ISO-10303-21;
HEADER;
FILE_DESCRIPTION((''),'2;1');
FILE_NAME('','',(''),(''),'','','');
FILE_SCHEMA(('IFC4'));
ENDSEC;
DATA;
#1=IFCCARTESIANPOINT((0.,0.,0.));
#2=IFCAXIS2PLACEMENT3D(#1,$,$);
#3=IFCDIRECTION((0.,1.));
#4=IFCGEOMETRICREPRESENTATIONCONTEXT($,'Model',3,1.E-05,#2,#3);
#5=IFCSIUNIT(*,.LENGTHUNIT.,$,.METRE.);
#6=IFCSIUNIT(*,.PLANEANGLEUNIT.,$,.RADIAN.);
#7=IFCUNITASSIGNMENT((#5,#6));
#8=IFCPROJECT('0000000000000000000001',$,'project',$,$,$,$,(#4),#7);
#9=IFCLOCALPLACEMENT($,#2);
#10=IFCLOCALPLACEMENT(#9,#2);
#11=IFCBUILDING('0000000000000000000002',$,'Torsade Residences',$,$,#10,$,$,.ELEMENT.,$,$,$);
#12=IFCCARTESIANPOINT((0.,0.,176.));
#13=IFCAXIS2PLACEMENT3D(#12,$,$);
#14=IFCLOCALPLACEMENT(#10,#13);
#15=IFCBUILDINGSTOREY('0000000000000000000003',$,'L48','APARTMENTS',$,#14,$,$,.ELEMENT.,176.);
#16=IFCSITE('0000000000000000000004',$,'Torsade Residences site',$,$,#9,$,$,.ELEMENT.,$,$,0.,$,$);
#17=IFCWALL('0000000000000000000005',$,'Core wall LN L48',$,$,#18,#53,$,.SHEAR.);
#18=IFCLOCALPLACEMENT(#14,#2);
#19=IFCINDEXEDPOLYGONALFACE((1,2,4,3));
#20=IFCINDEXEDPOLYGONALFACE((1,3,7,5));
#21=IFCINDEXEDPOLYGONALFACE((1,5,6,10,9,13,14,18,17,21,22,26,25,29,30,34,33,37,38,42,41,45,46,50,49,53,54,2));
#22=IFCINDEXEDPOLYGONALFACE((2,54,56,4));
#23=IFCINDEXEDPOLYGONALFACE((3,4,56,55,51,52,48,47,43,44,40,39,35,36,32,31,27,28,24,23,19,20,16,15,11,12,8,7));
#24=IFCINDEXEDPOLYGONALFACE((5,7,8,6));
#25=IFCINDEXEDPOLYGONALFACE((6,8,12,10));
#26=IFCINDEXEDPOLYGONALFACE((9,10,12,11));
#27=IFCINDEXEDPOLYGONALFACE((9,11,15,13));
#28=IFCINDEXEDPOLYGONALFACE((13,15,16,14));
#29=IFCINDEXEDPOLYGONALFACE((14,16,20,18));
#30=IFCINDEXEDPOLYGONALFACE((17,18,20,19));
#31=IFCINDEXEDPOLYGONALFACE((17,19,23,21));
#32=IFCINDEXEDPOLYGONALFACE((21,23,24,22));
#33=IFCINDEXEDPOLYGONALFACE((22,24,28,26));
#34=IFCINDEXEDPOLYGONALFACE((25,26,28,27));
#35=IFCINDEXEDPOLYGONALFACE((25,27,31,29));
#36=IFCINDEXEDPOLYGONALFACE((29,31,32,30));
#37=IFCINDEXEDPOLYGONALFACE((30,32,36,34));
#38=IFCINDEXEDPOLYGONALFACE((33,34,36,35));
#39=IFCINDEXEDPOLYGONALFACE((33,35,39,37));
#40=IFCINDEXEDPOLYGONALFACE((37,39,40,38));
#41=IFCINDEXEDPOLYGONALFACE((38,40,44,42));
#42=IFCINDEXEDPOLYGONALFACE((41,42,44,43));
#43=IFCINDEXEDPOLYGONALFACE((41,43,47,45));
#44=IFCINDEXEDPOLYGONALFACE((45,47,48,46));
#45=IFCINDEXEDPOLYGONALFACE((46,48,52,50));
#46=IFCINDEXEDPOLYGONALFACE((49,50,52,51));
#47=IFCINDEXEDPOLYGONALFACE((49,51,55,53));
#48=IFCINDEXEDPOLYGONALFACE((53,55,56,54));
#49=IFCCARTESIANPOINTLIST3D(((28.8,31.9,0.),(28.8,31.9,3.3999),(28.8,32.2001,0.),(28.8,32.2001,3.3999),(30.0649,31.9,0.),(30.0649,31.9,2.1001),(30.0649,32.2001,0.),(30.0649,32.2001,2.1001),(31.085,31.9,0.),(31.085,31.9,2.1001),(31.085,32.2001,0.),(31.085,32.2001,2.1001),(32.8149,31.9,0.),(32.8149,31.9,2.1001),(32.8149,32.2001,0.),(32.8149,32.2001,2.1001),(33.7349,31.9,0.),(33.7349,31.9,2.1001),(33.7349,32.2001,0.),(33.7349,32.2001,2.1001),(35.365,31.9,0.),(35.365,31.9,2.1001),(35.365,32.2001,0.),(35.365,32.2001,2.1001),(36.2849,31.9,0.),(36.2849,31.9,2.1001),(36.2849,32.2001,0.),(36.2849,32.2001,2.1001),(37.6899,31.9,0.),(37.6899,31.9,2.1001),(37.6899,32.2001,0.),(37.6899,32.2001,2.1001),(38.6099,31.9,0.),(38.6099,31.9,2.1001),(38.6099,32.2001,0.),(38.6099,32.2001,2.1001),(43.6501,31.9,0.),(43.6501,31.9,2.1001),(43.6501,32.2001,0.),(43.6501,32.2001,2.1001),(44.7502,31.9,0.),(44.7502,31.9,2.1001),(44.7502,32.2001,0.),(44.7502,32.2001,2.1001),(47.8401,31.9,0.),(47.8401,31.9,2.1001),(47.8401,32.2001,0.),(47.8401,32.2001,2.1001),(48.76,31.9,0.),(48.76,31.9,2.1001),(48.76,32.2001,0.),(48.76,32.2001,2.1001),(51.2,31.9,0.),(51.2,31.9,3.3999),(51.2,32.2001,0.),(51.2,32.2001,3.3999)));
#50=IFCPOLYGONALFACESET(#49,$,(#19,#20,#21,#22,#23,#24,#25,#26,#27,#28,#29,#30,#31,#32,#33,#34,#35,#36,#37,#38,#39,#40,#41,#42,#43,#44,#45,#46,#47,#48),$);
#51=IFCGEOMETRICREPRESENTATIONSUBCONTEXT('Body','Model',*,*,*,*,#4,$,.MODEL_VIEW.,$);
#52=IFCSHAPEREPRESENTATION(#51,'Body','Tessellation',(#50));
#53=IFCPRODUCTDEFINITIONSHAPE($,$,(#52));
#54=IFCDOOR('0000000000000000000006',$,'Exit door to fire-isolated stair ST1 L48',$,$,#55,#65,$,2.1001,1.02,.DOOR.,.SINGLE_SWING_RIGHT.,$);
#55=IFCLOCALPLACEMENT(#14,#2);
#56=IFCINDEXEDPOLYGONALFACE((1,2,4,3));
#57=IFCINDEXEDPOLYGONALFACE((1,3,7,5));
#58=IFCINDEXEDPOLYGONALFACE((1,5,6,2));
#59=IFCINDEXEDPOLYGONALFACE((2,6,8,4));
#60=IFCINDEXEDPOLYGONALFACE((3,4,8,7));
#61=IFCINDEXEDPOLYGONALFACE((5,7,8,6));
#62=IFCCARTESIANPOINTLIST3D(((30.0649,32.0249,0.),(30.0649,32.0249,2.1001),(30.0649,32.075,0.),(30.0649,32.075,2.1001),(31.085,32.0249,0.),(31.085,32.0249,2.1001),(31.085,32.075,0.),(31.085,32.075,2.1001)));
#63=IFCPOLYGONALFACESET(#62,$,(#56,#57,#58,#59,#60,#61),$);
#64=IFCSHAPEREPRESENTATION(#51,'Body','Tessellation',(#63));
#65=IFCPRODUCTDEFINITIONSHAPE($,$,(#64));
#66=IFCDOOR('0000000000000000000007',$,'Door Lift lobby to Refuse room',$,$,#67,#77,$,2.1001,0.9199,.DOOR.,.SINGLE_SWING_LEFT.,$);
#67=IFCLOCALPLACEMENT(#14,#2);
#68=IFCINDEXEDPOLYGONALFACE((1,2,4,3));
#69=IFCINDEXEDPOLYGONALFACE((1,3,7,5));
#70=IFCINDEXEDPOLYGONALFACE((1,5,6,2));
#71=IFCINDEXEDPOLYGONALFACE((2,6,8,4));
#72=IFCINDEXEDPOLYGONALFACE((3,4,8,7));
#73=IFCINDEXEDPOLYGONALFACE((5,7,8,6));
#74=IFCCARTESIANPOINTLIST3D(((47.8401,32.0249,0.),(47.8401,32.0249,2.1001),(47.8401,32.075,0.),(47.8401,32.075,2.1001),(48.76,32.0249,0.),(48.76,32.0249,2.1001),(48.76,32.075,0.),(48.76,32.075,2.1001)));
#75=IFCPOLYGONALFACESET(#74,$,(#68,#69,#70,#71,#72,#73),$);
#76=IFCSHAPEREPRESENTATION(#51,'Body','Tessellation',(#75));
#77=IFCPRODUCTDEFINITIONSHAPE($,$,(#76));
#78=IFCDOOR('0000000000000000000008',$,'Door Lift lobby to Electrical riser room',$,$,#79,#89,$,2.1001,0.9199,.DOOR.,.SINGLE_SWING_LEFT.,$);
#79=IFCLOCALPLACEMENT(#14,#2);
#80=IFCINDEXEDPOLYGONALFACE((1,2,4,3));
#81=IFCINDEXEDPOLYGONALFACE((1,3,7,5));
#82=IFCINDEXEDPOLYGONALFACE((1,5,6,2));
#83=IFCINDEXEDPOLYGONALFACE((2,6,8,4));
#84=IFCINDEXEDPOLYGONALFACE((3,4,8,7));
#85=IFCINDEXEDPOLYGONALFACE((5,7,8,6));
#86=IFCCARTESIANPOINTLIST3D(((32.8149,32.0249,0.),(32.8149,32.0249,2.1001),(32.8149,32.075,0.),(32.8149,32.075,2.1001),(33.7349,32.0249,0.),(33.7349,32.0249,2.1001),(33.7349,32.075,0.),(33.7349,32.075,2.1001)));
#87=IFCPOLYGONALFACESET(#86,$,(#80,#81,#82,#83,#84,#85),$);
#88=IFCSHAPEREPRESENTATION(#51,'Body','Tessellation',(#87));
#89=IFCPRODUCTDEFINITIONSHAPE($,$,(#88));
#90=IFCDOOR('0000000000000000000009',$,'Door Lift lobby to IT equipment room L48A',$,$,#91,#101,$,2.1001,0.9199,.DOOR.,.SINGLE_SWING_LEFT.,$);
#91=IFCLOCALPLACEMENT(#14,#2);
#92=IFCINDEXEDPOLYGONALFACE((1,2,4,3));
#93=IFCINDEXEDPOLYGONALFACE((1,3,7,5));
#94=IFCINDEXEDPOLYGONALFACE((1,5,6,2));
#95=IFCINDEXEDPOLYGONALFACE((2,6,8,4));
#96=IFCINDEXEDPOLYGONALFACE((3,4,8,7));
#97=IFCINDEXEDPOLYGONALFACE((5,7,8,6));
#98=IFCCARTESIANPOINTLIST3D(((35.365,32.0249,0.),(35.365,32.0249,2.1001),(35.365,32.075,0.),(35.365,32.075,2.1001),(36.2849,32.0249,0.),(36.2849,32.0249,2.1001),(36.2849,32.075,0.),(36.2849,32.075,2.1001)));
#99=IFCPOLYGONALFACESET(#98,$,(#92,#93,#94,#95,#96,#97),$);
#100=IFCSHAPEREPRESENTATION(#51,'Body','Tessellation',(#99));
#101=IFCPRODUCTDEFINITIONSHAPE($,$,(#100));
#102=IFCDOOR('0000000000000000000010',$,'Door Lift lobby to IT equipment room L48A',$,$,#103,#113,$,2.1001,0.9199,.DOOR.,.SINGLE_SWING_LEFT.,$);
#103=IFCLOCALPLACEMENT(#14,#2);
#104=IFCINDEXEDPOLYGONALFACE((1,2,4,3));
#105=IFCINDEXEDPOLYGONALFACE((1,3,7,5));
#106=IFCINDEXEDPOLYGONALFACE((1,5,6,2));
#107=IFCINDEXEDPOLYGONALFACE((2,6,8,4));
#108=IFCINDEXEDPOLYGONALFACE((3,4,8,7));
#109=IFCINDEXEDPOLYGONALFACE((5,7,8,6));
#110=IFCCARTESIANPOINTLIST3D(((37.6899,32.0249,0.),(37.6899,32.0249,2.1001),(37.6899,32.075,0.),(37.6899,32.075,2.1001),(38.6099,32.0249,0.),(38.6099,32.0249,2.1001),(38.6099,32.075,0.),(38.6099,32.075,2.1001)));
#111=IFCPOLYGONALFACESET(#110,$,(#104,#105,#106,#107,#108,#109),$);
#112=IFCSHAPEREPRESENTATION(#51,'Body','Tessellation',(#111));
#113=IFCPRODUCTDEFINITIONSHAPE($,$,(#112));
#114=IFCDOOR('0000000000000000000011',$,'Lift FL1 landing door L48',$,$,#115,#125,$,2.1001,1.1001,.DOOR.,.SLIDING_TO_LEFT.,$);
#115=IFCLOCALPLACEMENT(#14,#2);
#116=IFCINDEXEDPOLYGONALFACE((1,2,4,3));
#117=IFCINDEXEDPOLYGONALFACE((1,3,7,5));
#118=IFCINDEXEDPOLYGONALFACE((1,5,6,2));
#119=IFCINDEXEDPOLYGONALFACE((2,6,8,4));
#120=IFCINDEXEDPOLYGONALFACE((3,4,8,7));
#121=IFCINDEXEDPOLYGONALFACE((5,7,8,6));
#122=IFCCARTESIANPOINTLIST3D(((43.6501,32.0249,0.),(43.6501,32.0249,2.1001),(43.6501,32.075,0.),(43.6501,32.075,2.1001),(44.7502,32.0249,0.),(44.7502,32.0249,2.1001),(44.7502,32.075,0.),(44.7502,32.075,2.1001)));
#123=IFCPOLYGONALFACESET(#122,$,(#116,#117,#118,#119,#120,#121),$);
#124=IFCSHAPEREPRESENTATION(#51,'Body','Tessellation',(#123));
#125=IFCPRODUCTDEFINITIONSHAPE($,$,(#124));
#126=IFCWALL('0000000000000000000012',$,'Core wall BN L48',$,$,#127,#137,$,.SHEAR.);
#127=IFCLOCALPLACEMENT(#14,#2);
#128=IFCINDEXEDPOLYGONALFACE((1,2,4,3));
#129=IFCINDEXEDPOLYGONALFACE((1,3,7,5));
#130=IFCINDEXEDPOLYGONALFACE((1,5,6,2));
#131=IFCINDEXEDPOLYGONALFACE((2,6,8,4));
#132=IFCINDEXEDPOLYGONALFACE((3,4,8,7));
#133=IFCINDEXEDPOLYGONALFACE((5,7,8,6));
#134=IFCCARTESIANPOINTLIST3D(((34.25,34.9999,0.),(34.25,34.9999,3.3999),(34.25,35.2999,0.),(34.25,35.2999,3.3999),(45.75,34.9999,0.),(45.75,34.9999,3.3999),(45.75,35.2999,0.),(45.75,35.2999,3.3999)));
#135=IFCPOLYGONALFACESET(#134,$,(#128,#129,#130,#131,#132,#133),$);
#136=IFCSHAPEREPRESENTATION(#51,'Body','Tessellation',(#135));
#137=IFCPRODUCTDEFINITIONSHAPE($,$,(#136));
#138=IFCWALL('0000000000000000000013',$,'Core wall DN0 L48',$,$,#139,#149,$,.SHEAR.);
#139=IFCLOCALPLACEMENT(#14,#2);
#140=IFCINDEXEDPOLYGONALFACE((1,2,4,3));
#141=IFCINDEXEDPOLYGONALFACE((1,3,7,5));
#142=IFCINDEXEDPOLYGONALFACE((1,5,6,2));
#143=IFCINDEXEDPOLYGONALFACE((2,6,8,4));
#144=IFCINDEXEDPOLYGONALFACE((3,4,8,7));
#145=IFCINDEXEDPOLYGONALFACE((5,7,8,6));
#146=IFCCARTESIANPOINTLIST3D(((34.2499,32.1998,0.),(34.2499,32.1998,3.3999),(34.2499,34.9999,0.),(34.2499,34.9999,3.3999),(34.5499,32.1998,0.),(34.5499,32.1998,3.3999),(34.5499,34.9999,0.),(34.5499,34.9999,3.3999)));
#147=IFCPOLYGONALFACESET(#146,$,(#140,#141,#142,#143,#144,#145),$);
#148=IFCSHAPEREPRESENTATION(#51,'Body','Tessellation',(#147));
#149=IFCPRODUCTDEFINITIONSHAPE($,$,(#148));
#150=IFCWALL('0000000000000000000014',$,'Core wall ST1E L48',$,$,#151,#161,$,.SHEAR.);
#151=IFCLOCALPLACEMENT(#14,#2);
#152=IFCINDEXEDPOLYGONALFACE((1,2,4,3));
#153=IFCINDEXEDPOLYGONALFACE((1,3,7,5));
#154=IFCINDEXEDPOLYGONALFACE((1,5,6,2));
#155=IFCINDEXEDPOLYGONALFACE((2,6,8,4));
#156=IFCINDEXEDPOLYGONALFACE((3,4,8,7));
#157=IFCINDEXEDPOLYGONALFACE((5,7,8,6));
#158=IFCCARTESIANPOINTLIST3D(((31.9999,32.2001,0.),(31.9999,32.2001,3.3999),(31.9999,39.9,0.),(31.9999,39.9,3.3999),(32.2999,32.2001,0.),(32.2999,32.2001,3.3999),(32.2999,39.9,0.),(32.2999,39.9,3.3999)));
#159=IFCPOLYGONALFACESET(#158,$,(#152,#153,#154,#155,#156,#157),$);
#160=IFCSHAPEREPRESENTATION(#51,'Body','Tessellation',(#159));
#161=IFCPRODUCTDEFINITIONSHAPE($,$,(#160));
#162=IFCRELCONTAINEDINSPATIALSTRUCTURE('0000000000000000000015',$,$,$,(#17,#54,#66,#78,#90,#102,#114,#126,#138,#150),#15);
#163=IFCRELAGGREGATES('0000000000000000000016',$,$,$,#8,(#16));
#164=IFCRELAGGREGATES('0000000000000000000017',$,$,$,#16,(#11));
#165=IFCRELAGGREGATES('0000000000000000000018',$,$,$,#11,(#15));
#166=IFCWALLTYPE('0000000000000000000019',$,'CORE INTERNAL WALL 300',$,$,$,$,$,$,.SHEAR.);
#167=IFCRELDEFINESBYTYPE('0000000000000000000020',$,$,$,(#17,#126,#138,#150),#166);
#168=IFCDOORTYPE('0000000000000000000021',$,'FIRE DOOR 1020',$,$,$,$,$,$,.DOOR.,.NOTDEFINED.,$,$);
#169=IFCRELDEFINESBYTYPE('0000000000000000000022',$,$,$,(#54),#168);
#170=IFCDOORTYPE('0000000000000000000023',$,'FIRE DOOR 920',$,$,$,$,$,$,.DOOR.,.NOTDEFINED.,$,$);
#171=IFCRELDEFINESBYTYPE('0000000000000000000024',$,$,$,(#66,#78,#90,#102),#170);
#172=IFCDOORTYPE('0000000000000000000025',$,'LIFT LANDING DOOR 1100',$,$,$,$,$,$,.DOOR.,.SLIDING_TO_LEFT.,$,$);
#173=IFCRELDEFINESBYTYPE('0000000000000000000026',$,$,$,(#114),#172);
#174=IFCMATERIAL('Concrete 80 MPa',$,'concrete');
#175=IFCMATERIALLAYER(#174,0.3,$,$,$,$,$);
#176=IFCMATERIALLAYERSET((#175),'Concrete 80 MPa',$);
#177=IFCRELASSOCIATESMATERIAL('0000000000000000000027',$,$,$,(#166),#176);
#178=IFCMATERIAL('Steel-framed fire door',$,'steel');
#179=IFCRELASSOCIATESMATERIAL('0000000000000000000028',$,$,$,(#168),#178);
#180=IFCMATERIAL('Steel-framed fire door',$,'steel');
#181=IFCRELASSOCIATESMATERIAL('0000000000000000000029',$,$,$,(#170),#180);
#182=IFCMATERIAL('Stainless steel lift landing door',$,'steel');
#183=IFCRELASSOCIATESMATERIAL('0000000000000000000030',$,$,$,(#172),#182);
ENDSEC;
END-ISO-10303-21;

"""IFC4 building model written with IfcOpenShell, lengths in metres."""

from ifc_helpers import new_model, si_unit, direction, frame, frame_2d, origin, place, context, subcontext, project, spatial, rectangle, extrude, material, layer, layer_set, type_object, element, fill, save


model = new_model("IFC4")

# Units and contexts
model_context = context("Model", 3, precision=1e-05, world=origin(), true_north=direction((0.0, 1.0)))
body_context = subcontext(model_context, "Body", "Model", "MODEL_VIEW")
ifc_project = project(units=[si_unit("LENGTHUNIT", "METRE"), si_unit("PLANEANGLEUNIT", "RADIAN")], contexts=[model_context])

# Site, building, storey
site_placement = place(None, origin())
site = spatial("IfcSite", under=ifc_project, at=site_placement, Name="Torsade Residences site", CompositionType="ELEMENT", RefElevation=0.0)
building_placement = place(site_placement, origin())
building = spatial("IfcBuilding", under=site, at=building_placement, Name="Torsade Residences", CompositionType="ELEMENT")
storey_placement = place(building_placement, frame((0.0, 0.0, 176.0)))
storey = spatial("IfcBuildingStorey", under=building, at=storey_placement, Name="L48", Description="APARTMENTS", CompositionType="ELEMENT", Elevation=176.0)

# Wall, openings, doors
ifc_material_1 = material(Name="Concrete 80 MPa", Category="concrete")
ifc_layer_1 = layer(ifc_material_1, 0.3)
ifc_layer_set_1 = layer_set([ifc_layer_1], Name="Concrete 80 MPa")
wall_type_1 = type_object("IfcWallType", Name="CORE INTERNAL WALL 300", PredefinedType="SHEAR", material=ifc_layer_set_1)
wall_1_placement = place(storey_placement, frame((28.8, 32.05, 0.0), z_axis=(0.0, 0.0, 1.0), x_axis=(1.0, 0.0, 0.0)))
wall_1 = element("IfcWall", 1, at=wall_1_placement, inside=storey, type_object=wall_type_1, Name="Core wall LN L48", PredefinedType="SHEAR", context=body_context, shape_type="SweptSolid", body=[
    extrude(rectangle(XDim=22.3999, YDim=0.3, at=frame_2d((11.2, 0.0))), origin(), (0.0, 0.0, 1.0), 3.3999),
])
opening_1_placement = place(wall_1_placement, frame((19.04, 0.0, 0.0)))
opening_1 = element("IfcOpeningElement", 2, at=opening_1_placement, cuts=wall_1, PredefinedType="OPENING", context=body_context, shape_type="SweptSolid", body=[
    extrude(rectangle(XDim=0.9199, YDim=2.1001, at=frame_2d((0.46, 1.05))), frame((0.0, 0.1599, 0.0), z_axis=(0.0, -1.0, 0.0), x_axis=(1.0, 0.0, 0.0)), (0.0, 0.0, 1.0), 0.3201),
])
opening_2_placement = place(wall_1_placement, frame((1.2649, 0.0, 0.0)))
opening_2 = element("IfcOpeningElement", 3, at=opening_2_placement, cuts=wall_1, PredefinedType="OPENING", context=body_context, shape_type="SweptSolid", body=[
    extrude(rectangle(XDim=1.02, YDim=2.1001, at=frame_2d((0.51, 1.05))), frame((0.0, 0.1599, 0.0), z_axis=(0.0, -1.0, 0.0), x_axis=(1.0, 0.0, 0.0)), (0.0, 0.0, 1.0), 0.3201),
])
opening_3_placement = place(wall_1_placement, frame((4.0149, 0.0, 0.0)))
opening_3 = element("IfcOpeningElement", 4, at=opening_3_placement, cuts=wall_1, PredefinedType="OPENING", context=body_context, shape_type="SweptSolid", body=[
    extrude(rectangle(XDim=0.9199, YDim=2.1001, at=frame_2d((0.46, 1.05))), frame((0.0, 0.1599, 0.0), z_axis=(0.0, -1.0, 0.0), x_axis=(1.0, 0.0, 0.0)), (0.0, 0.0, 1.0), 0.3201),
])
opening_4_placement = place(wall_1_placement, frame((6.5649, 0.0, 0.0)))
opening_4 = element("IfcOpeningElement", 5, at=opening_4_placement, cuts=wall_1, PredefinedType="OPENING", context=body_context, shape_type="SweptSolid", body=[
    extrude(rectangle(XDim=0.9199, YDim=2.1001, at=frame_2d((0.46, 1.05))), frame((0.0, 0.1599, 0.0), z_axis=(0.0, -1.0, 0.0), x_axis=(1.0, 0.0, 0.0)), (0.0, 0.0, 1.0), 0.3201),
])
opening_5_placement = place(wall_1_placement, frame((8.8899, 0.0, 0.0)))
opening_5 = element("IfcOpeningElement", 6, at=opening_5_placement, cuts=wall_1, PredefinedType="OPENING", context=body_context, shape_type="SweptSolid", body=[
    extrude(rectangle(XDim=0.9199, YDim=2.1001, at=frame_2d((0.46, 1.05))), frame((0.0, 0.1599, 0.0), z_axis=(0.0, -1.0, 0.0), x_axis=(1.0, 0.0, 0.0)), (0.0, 0.0, 1.0), 0.3201),
])
opening_6_placement = place(wall_1_placement, frame((14.8501, 0.0, 0.0)))
opening_6 = element("IfcOpeningElement", 7, at=opening_6_placement, cuts=wall_1, PredefinedType="OPENING", context=body_context, shape_type="SweptSolid", body=[
    extrude(rectangle(XDim=1.1001, YDim=2.1001, at=frame_2d((0.55, 1.05))), frame((0.0, 0.1599, 0.0), z_axis=(0.0, -1.0, 0.0), x_axis=(1.0, 0.0, 0.0)), (0.0, 0.0, 1.0), 0.3201),
])
ifc_material_2 = material(Name="Steel-framed fire door", Category="steel")
door_type_1 = type_object("IfcDoorType", Name="FIRE DOOR 1020", OperationType="NOTDEFINED", PredefinedType="DOOR", material=ifc_material_2)
door_1_placement = place(opening_2_placement, origin())
door_1 = element("IfcDoor", 8, at=door_1_placement, inside=storey, type_object=door_type_1, Name="Exit door to fire-isolated stair ST1 L48", OperationType="SINGLE_SWING_RIGHT", OverallHeight=2.1001, OverallWidth=1.02, PredefinedType="DOOR", context=body_context, shape_type="SweptSolid", body=[
    extrude(rectangle(XDim=1.02, YDim=2.1001, at=frame_2d((0.51, 1.05))), frame((0.0, 0.0249, 0.0), z_axis=(0.0, -1.0, 0.0), x_axis=(1.0, 0.0, 0.0)), (0.0, 0.0, 1.0), 0.05),
])
fill(opening_2, door_1)
ifc_material_3 = material(Name="Steel-framed fire door", Category="steel")
door_type_2 = type_object("IfcDoorType", Name="FIRE DOOR 920", OperationType="NOTDEFINED", PredefinedType="DOOR", material=ifc_material_3)
door_2_placement = place(opening_1_placement, origin())
door_2 = element("IfcDoor", 9, at=door_2_placement, inside=storey, type_object=door_type_2, Name="Door Lift lobby to Refuse room", OperationType="SINGLE_SWING_LEFT", OverallHeight=2.1001, OverallWidth=0.9199, PredefinedType="DOOR", context=body_context, shape_type="SweptSolid", body=[
    extrude(rectangle(XDim=0.9199, YDim=2.1001, at=frame_2d((0.46, 1.05))), frame((0.0, 0.0249, 0.0), z_axis=(0.0, -1.0, 0.0), x_axis=(1.0, 0.0, 0.0)), (0.0, 0.0, 1.0), 0.05),
])
fill(opening_1, door_2)
door_3_placement = place(opening_3_placement, origin())
door_3 = element("IfcDoor", 10, at=door_3_placement, inside=storey, type_object=door_type_2, Name="Door Lift lobby to Electrical riser room", OperationType="SINGLE_SWING_LEFT", OverallHeight=2.1001, OverallWidth=0.9199, PredefinedType="DOOR", context=body_context, shape_type="SweptSolid", body=[
    extrude(rectangle(XDim=0.9199, YDim=2.1001, at=frame_2d((0.46, 1.05))), frame((0.0, 0.0249, 0.0), z_axis=(0.0, -1.0, 0.0), x_axis=(1.0, 0.0, 0.0)), (0.0, 0.0, 1.0), 0.05),
])
fill(opening_3, door_3)
door_4_placement = place(opening_4_placement, origin())
door_4 = element("IfcDoor", 11, at=door_4_placement, inside=storey, type_object=door_type_2, Name="Door Lift lobby to IT equipment room L48A", OperationType="SINGLE_SWING_LEFT", OverallHeight=2.1001, OverallWidth=0.9199, PredefinedType="DOOR", context=body_context, shape_type="SweptSolid", body=[
    extrude(rectangle(XDim=0.9199, YDim=2.1001, at=frame_2d((0.46, 1.05))), frame((0.0, 0.0249, 0.0), z_axis=(0.0, -1.0, 0.0), x_axis=(1.0, 0.0, 0.0)), (0.0, 0.0, 1.0), 0.05),
])
fill(opening_4, door_4)
door_5_placement = place(opening_5_placement, origin())
door_5 = element("IfcDoor", 12, at=door_5_placement, inside=storey, type_object=door_type_2, Name="Door Lift lobby to IT equipment room L48A", OperationType="SINGLE_SWING_LEFT", OverallHeight=2.1001, OverallWidth=0.9199, PredefinedType="DOOR", context=body_context, shape_type="SweptSolid", body=[
    extrude(rectangle(XDim=0.9199, YDim=2.1001, at=frame_2d((0.46, 1.05))), frame((0.0, 0.0249, 0.0), z_axis=(0.0, -1.0, 0.0), x_axis=(1.0, 0.0, 0.0)), (0.0, 0.0, 1.0), 0.05),
])
fill(opening_5, door_5)
ifc_material_4 = material(Name="Stainless steel lift landing door", Category="steel")
door_type_3 = type_object("IfcDoorType", Name="LIFT LANDING DOOR 1100", OperationType="SLIDING_TO_LEFT", PredefinedType="DOOR", material=ifc_material_4)
door_6_placement = place(opening_6_placement, origin())
door_6 = element("IfcDoor", 13, at=door_6_placement, inside=storey, type_object=door_type_3, Name="Lift FL1 landing door L48", OperationType="SLIDING_TO_LEFT", OverallHeight=2.1001, OverallWidth=1.1001, PredefinedType="DOOR", context=body_context, shape_type="SweptSolid", body=[
    extrude(rectangle(XDim=1.1001, YDim=2.1001, at=frame_2d((0.55, 1.05))), frame((0.0, 0.0249, 0.0), z_axis=(0.0, -1.0, 0.0), x_axis=(1.0, 0.0, 0.0)), (0.0, 0.0, 1.0), 0.05),
])
fill(opening_6, door_6)

# Walls
wall_2_placement = place(storey_placement, frame((34.25, 35.1499, 0.0), z_axis=(0.0, 0.0, 1.0), x_axis=(1.0, 0.0, 0.0)))
element("IfcWall", 14, at=wall_2_placement, inside=storey, type_object=wall_type_1, Name="Core wall BN L48", PredefinedType="SHEAR", context=body_context, shape_type="SweptSolid", body=[
    extrude(rectangle(XDim=11.5, YDim=0.3, at=frame_2d((5.75, 0.0))), origin(), (0.0, 0.0, 1.0), 3.3999),
])
wall_3_placement = place(storey_placement, frame((34.3999, 32.2, 0.0), z_axis=(0.0, 0.0, 1.0), x_axis=(0.0, 1.0, 0.0)))
element("IfcWall", 15, at=wall_3_placement, inside=storey, type_object=wall_type_1, Name="Core wall DN0 L48", PredefinedType="SHEAR", context=body_context, shape_type="SweptSolid", body=[
    extrude(rectangle(XDim=2.8, YDim=0.3, at=frame_2d((1.3999, 0.0))), origin(), (0.0, 0.0, 1.0), 3.3999),
])
wall_4_placement = place(storey_placement, frame((32.1499, 32.2, 0.0), z_axis=(0.0, 0.0, 1.0), x_axis=(0.0, 1.0, 0.0)))
element("IfcWall", 16, at=wall_4_placement, inside=storey, type_object=wall_type_1, Name="Core wall ST1E L48", PredefinedType="SHEAR", context=body_context, shape_type="SweptSolid", body=[
    extrude(rectangle(XDim=7.7, YDim=0.3, at=frame_2d((3.8501, 0.0))), origin(), (0.0, 0.0, 1.0), 3.3999),
])

save(model, "model.ifc")
